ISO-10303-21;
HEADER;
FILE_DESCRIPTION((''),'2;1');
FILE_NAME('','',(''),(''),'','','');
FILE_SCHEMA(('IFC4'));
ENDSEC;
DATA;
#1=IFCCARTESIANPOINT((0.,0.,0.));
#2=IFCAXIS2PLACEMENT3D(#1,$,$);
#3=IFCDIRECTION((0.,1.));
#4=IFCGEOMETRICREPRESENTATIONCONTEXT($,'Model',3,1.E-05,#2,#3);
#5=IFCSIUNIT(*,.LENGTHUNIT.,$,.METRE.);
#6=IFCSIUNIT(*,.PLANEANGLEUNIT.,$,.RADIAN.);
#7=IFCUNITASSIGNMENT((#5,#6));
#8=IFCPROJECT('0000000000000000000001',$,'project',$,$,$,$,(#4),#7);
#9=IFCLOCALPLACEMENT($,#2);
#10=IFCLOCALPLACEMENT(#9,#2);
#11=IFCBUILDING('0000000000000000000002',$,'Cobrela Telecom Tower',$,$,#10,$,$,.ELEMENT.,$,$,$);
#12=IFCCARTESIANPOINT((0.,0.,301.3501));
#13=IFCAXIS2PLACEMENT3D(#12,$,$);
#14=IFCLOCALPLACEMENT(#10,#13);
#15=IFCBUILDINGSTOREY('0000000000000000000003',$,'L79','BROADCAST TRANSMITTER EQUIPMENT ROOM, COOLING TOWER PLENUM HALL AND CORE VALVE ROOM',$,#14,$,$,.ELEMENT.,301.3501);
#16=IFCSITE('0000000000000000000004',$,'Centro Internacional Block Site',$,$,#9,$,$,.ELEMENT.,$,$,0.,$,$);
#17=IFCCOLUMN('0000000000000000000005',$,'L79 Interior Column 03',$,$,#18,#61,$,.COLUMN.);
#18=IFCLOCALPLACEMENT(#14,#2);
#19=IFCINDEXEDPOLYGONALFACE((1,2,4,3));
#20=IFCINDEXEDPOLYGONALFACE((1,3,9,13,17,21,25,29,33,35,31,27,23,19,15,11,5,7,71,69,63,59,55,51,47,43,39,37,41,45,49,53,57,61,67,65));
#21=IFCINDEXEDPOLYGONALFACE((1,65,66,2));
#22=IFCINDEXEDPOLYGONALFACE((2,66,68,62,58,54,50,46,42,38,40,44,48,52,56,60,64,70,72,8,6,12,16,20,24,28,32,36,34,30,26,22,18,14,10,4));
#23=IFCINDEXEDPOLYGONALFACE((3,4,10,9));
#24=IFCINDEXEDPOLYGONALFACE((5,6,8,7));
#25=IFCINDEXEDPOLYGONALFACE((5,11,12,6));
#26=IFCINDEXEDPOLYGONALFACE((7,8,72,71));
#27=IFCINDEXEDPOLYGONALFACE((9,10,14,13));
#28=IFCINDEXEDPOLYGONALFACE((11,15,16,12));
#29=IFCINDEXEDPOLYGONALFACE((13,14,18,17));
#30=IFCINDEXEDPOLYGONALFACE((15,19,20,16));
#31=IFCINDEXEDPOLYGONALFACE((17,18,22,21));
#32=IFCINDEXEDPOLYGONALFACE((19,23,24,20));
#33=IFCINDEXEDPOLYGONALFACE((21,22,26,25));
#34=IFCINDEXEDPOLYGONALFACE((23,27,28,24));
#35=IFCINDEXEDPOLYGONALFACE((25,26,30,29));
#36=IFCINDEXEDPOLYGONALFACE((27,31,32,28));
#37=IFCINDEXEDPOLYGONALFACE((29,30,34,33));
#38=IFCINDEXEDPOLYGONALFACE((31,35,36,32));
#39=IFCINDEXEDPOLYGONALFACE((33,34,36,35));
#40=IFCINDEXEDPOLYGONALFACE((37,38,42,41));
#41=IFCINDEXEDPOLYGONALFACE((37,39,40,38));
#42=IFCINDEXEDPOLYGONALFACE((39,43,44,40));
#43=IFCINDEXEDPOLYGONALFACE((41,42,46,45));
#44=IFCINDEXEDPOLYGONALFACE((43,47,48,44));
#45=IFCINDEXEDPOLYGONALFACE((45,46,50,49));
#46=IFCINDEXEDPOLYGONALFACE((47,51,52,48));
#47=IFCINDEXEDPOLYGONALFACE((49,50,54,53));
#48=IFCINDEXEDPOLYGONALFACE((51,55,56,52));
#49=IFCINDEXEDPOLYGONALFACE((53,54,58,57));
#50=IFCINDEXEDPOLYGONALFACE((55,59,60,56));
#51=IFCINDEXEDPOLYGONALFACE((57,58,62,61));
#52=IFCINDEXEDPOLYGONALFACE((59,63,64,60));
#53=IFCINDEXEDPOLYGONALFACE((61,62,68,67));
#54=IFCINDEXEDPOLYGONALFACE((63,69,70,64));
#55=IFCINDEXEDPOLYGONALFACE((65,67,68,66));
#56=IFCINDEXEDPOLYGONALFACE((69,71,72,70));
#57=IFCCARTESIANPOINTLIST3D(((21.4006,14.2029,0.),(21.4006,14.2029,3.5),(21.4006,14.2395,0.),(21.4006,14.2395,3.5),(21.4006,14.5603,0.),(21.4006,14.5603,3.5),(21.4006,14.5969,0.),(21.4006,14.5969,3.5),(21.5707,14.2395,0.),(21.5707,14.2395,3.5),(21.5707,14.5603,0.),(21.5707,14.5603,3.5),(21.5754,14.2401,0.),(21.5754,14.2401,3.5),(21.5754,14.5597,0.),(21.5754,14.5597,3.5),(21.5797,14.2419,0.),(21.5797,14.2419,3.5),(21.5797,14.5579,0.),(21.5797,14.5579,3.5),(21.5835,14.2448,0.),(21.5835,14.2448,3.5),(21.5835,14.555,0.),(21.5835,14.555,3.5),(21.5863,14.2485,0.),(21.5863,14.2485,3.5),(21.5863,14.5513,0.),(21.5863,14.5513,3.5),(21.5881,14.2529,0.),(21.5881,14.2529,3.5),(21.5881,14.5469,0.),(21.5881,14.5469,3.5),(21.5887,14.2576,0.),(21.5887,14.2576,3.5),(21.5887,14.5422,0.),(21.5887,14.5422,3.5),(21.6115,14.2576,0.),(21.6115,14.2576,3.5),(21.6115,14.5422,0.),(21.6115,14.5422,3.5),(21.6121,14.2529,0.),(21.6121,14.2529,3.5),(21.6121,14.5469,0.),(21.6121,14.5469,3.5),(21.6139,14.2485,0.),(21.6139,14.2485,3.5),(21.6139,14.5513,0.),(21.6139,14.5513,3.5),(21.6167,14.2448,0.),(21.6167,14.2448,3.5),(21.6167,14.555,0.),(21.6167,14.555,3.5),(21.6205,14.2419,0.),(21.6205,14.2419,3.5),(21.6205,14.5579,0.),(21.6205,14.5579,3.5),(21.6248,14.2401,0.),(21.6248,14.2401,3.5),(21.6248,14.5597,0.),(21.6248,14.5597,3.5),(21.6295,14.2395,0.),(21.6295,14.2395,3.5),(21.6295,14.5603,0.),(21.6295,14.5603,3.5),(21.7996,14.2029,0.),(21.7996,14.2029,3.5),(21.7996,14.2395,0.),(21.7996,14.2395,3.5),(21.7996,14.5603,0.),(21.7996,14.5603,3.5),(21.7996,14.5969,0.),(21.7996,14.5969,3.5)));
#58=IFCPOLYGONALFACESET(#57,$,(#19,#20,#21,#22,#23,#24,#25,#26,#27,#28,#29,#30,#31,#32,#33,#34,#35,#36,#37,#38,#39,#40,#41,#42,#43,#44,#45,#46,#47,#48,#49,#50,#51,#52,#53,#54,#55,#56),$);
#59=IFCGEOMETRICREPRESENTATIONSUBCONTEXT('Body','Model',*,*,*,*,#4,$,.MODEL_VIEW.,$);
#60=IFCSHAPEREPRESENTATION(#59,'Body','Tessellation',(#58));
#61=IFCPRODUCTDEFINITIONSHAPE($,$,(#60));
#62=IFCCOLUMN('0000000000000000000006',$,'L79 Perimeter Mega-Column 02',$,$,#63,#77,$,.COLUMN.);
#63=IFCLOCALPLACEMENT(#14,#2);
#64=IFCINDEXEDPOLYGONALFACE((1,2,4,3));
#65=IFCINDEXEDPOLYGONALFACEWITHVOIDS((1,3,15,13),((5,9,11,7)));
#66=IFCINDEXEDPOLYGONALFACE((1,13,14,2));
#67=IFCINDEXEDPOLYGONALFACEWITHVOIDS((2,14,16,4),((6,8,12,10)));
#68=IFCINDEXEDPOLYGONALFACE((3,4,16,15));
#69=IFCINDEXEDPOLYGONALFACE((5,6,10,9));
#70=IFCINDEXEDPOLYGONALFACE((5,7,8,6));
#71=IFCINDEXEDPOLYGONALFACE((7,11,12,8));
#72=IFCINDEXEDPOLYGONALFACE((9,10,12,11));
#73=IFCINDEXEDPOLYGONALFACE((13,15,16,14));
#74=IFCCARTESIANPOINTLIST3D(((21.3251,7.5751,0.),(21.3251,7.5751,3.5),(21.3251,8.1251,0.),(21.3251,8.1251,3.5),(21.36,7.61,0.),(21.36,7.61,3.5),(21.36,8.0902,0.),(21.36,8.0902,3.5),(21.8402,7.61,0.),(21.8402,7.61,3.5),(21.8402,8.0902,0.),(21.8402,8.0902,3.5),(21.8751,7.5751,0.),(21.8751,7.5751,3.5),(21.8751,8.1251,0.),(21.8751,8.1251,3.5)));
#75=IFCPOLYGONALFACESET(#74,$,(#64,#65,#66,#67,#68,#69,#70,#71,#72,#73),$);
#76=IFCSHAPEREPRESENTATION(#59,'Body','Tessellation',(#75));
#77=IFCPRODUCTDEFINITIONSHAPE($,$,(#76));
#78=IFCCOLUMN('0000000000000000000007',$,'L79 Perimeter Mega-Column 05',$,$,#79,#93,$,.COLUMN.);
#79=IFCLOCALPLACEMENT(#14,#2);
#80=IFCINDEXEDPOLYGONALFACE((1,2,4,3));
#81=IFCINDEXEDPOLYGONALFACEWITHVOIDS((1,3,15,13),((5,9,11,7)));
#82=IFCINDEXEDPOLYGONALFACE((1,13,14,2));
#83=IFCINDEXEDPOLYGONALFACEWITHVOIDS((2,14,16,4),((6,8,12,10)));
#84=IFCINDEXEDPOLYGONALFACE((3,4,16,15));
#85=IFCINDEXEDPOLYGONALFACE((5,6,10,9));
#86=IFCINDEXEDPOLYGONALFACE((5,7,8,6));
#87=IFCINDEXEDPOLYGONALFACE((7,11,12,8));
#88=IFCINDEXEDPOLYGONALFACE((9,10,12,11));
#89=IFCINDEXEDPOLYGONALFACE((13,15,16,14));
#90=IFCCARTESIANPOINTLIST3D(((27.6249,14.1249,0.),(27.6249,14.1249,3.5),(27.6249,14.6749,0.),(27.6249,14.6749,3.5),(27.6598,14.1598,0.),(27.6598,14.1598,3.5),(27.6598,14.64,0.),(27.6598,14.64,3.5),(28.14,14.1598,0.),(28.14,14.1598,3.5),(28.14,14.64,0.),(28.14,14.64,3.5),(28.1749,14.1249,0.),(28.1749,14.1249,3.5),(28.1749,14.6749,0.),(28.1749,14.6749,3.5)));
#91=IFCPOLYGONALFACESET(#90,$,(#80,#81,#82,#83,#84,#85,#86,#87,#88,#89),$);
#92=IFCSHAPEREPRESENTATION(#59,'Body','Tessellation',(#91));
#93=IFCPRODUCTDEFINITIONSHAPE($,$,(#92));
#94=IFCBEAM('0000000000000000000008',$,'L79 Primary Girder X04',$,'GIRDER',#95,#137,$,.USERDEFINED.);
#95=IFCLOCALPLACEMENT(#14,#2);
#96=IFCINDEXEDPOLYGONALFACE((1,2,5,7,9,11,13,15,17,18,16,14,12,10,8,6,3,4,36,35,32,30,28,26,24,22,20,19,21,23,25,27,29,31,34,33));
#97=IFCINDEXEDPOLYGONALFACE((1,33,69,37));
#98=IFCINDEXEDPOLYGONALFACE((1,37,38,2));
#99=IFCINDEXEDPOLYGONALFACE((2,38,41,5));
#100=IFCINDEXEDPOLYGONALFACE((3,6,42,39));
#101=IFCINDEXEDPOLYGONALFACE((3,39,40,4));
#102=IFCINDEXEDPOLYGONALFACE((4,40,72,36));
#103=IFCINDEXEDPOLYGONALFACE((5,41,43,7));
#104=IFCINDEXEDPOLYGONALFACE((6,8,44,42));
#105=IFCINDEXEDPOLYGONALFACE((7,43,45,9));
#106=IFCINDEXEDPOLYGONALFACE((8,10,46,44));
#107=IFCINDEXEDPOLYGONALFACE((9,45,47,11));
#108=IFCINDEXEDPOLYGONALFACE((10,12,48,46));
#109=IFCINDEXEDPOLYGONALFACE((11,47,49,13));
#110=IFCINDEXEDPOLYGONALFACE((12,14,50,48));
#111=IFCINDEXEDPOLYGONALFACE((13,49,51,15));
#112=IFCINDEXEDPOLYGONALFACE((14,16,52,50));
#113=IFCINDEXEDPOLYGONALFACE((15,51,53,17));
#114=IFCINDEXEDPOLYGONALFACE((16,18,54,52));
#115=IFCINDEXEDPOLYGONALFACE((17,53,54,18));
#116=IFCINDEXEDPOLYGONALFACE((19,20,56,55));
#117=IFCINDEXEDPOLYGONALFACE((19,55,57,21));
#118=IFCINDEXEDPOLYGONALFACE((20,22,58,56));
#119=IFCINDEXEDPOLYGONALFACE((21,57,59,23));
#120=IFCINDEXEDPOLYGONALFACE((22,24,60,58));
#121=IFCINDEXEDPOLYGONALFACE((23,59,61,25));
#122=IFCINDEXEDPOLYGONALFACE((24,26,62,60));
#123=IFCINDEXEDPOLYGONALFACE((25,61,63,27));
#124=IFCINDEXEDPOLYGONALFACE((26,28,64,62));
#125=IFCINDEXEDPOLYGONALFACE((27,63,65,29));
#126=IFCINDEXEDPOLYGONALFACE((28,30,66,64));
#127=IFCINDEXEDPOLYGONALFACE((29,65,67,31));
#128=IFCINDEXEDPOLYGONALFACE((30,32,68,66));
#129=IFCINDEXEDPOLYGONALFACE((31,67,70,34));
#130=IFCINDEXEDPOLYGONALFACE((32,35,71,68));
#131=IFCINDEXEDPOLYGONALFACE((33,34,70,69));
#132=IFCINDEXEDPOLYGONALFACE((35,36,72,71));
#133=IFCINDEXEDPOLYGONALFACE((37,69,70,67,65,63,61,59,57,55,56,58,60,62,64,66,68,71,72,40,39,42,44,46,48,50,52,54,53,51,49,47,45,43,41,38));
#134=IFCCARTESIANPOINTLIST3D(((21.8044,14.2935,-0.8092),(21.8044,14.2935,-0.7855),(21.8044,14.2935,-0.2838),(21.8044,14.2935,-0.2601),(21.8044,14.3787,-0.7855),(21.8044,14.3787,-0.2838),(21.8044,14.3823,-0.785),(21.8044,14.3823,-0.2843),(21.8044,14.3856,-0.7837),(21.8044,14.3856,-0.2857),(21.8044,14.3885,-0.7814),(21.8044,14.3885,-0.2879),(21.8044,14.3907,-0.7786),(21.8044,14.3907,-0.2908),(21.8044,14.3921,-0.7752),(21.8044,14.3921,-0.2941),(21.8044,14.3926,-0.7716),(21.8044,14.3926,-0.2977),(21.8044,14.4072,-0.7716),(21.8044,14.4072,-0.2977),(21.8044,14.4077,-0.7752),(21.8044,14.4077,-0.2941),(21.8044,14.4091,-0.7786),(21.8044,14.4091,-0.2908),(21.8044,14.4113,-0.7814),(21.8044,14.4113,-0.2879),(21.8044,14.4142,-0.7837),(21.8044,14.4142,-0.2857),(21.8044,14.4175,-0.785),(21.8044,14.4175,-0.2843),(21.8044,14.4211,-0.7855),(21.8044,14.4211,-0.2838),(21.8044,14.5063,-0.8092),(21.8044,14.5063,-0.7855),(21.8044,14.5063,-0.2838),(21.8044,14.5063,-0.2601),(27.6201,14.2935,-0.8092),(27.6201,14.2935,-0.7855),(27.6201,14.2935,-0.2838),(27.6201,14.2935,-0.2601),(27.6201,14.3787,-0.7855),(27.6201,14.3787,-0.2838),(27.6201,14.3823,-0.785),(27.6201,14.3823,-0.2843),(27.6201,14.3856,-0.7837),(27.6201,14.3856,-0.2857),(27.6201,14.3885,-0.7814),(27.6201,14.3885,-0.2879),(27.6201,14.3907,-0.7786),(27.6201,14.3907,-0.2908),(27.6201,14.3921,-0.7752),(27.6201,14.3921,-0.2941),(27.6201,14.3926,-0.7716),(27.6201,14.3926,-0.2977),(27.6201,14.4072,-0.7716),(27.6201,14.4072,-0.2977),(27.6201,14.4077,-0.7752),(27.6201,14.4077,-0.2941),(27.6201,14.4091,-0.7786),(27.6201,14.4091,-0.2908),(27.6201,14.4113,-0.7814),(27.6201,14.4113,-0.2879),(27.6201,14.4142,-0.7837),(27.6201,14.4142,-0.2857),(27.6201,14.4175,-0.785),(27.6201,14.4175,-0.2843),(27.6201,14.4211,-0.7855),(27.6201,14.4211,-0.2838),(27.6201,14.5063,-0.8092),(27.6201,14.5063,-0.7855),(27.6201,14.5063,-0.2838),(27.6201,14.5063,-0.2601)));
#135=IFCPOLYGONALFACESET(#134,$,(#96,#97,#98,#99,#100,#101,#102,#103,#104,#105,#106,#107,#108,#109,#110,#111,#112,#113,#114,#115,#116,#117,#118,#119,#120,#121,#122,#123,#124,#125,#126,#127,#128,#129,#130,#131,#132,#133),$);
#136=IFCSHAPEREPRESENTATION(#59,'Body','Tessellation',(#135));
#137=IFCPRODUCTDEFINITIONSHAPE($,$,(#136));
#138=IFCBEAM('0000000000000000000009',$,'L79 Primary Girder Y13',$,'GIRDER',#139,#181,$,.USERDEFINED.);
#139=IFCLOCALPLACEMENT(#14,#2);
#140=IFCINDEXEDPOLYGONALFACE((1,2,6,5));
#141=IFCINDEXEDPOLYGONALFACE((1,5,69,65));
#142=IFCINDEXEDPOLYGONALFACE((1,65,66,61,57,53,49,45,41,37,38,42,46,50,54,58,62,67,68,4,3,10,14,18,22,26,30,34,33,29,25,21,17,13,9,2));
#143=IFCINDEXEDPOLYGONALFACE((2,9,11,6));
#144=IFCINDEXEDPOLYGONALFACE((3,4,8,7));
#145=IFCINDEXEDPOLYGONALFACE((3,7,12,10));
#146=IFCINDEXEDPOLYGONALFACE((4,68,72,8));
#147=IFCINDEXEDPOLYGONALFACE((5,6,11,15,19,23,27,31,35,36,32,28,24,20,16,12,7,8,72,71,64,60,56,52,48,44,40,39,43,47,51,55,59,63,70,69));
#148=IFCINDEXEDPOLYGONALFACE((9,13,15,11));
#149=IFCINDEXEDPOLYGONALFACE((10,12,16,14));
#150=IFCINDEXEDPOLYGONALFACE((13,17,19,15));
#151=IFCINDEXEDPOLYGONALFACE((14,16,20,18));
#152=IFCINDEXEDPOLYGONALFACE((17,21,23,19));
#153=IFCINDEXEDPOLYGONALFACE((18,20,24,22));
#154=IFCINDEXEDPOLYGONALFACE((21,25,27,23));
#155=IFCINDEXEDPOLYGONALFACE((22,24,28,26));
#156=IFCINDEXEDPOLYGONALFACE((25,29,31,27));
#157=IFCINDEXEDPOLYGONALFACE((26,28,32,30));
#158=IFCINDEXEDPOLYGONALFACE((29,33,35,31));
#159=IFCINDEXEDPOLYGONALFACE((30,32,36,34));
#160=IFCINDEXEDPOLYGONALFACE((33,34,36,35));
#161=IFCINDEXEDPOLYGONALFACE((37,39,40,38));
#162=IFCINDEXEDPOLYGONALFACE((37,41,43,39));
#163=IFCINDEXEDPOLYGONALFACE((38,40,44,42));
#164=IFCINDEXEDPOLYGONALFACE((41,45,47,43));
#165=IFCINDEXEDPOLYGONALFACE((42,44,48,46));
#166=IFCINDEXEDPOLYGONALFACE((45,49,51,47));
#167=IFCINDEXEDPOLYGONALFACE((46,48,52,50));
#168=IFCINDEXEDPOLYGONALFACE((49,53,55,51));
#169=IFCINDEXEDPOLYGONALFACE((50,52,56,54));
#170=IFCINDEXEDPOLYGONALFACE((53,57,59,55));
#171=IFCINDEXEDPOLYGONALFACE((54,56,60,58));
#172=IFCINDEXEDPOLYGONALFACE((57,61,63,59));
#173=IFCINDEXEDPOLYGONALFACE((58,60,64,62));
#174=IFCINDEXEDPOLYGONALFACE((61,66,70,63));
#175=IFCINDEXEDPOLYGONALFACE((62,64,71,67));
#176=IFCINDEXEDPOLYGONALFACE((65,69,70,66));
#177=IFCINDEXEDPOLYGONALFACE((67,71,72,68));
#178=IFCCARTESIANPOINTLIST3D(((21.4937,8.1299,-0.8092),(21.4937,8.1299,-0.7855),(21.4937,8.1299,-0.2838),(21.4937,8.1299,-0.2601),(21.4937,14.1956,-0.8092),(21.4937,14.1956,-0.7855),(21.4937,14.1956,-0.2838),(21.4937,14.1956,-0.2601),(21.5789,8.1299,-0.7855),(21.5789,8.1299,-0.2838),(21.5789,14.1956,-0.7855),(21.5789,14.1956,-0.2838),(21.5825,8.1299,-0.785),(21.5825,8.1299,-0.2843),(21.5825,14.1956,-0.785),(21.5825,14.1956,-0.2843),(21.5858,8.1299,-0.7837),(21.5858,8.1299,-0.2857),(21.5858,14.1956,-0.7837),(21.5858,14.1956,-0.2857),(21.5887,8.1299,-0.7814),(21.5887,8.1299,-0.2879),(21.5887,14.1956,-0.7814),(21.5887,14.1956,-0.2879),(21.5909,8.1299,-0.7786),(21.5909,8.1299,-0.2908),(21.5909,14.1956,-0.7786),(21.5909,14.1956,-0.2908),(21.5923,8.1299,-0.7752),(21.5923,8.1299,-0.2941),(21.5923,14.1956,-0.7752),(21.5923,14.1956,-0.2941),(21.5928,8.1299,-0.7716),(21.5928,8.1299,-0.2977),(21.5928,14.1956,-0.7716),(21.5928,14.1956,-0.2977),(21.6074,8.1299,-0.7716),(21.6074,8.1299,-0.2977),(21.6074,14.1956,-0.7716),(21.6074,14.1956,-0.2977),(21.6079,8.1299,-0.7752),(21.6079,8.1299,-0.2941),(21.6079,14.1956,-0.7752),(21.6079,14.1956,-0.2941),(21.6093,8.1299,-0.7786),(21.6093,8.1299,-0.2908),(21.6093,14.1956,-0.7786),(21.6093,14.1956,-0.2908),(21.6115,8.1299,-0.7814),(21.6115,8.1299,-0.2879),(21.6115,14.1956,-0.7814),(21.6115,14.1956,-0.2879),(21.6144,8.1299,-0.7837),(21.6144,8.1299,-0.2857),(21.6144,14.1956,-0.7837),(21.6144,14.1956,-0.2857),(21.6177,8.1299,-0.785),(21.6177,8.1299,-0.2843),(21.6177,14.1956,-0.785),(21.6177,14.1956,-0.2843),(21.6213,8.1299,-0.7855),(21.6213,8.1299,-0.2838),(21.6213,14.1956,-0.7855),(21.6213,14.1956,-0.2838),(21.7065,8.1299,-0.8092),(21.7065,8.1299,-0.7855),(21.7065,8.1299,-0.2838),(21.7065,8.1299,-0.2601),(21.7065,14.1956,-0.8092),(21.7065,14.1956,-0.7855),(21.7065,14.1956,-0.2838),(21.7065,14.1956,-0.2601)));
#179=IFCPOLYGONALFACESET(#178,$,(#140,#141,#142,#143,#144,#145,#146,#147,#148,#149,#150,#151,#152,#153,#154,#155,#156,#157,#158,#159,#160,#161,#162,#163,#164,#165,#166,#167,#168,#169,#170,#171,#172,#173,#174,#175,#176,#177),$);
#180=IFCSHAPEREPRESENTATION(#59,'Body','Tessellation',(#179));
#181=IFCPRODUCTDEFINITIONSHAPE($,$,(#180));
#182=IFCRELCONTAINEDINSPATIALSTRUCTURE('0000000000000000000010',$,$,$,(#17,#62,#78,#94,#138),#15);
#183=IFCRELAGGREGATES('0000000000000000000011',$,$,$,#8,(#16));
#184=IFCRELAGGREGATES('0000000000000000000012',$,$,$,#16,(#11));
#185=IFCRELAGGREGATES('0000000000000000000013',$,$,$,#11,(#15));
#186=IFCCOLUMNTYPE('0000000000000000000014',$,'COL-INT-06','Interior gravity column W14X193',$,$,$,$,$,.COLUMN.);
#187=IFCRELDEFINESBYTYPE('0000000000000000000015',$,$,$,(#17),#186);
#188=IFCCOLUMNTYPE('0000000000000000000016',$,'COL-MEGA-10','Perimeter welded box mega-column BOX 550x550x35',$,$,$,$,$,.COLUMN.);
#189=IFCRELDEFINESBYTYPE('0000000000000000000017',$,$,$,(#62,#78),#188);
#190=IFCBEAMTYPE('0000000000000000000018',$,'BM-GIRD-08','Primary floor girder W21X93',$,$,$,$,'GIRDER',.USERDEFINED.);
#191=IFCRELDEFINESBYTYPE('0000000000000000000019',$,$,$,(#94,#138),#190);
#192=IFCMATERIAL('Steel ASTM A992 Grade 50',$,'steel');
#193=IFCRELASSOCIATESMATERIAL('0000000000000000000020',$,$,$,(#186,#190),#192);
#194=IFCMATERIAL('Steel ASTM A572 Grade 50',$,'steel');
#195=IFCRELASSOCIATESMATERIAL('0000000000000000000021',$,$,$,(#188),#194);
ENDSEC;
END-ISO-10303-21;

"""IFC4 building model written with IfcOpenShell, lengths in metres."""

from ifc_helpers import new_model, si_unit, direction, frame, origin, origin_2d, place, context, subcontext, project, spatial, hollow_rectangle, i_section, extrude, material, material_profile, profile_set, type_object, element, save


model = new_model("IFC4")

# Units and contexts
model_context = context("Model", 3, precision=1e-05, world=origin(), true_north=direction((0.0, 1.0)))
body_context = subcontext(model_context, "Body", "Model", "MODEL_VIEW")
ifc_project = project(units=[si_unit("LENGTHUNIT", "METRE"), si_unit("PLANEANGLEUNIT", "RADIAN")], contexts=[model_context])

# Site, building, storey
site_placement = place(None, origin())
site = spatial("IfcSite", under=ifc_project, at=site_placement, Name="Centro Internacional Block Site", CompositionType="ELEMENT", RefElevation=0.0)
building_placement = place(site_placement, origin())
building = spatial("IfcBuilding", under=site, at=building_placement, Name="Cobrela Telecom Tower", CompositionType="ELEMENT")
storey_placement = place(building_placement, frame((0.0, 0.0, 301.3501)))
storey = spatial("IfcBuildingStorey", under=building, at=storey_placement, Name="L79", Description="BROADCAST TRANSMITTER EQUIPMENT ROOM, COOLING TOWER PLENUM HALL AND CORE VALVE ROOM", CompositionType="ELEMENT", Elevation=301.3501)

# Columns
ifc_material_1 = material(Name="Steel ASTM A992 Grade 50", Category="steel")
ifc_material_profile_1 = material_profile(ifc_material_1, i_section(OverallWidth=0.3989, OverallDepth=0.394, WebThickness=0.0227, FlangeThickness=0.0366, FilletRadius=0.0181, at=origin_2d()), Name="W14X193")
ifc_profile_set_1 = profile_set([ifc_material_profile_1], Name="Steel ASTM A992 Grade 50")
column_type_1 = type_object("IfcColumnType", Name="COL-INT-06", Description="Interior gravity column W14X193", PredefinedType="COLUMN", material=ifc_profile_set_1)
column_placement = place(storey_placement, frame((21.6001, 14.3999, 0.0), z_axis=(0.0, 0.0, 1.0), x_axis=(1.0, 0.0, 0.0)))
element("IfcColumn", 1, at=column_placement, inside=storey, type_object=column_type_1, Name="L79 Interior Column 03", PredefinedType="COLUMN", context=body_context, shape_type="SweptSolid", body=[
    extrude(i_section(OverallWidth=0.3989, OverallDepth=0.394, WebThickness=0.0227, FlangeThickness=0.0366, FilletRadius=0.0181, at=origin_2d()), origin(), (0.0, 0.0, 1.0), 3.5),
])
ifc_material_2 = material(Name="Steel ASTM A572 Grade 50", Category="steel")
ifc_material_profile_2 = material_profile(ifc_material_2, hollow_rectangle(XDim=0.55, YDim=0.55, WallThickness=0.0349, at=origin_2d()), Name="BOX 550x550x35")
ifc_profile_set_2 = profile_set([ifc_material_profile_2], Name="Steel ASTM A572 Grade 50")
column_type_2 = type_object("IfcColumnType", Name="COL-MEGA-10", Description="Perimeter welded box mega-column BOX 550x550x35", PredefinedType="COLUMN", material=ifc_profile_set_2)
for number, where, z_axis, x_axis, name in (
    (2, (21.6001, 7.8501, 0.0), (0.0, 0.0, 1.0), (1.0, 0.0, 0.0), "L79 Perimeter Mega-Column 02"),
    (3, (27.8999, 14.3999, 0.0), (0.0, 0.0, 1.0), (1.0, 0.0, 0.0), "L79 Perimeter Mega-Column 05"),
):
    element("IfcColumn", number, at=place(storey_placement, frame(where, z_axis=z_axis, x_axis=x_axis)), inside=storey, type_object=column_type_2, Name=name, PredefinedType="COLUMN", context=body_context, shape_type="SweptSolid", body=[
        extrude(hollow_rectangle(XDim=0.55, YDim=0.55, WallThickness=0.0349, at=origin_2d()), origin(), (0.0, 0.0, 1.0), 3.5),
    ])

# Beams
ifc_material_profile_3 = material_profile(ifc_material_1, i_section(OverallWidth=0.2129, OverallDepth=0.5491, WebThickness=0.0146, FlangeThickness=0.0237, FilletRadius=0.0139, at=origin_2d()), Name="W21X93")
ifc_profile_set_3 = profile_set([ifc_material_profile_3], Name="Steel ASTM A992 Grade 50")
beam_type_1 = type_object("IfcBeamType", Name="BM-GIRD-08", Description="Primary floor girder W21X93", ElementType="GIRDER", PredefinedType="USERDEFINED", material=ifc_profile_set_3)
beam_1_placement = place(storey_placement, frame((21.8044, 14.3999, -0.5347), z_axis=(1.0, 0.0, 0.0), x_axis=(0.0, 1.0, 0.0)))
element("IfcBeam", 4, at=beam_1_placement, inside=storey, type_object=beam_type_1, Name="L79 Primary Girder X04", ObjectType="GIRDER", PredefinedType="USERDEFINED", context=body_context, shape_type="SweptSolid", body=[
    extrude(i_section(OverallWidth=0.2129, OverallDepth=0.5491, WebThickness=0.0146, FlangeThickness=0.0237, FilletRadius=0.0139, at=origin_2d()), origin(), (0.0, 0.0, 1.0), 5.8157),
])
beam_2_placement = place(storey_placement, frame((21.6001, 8.1299, -0.5347), z_axis=(0.0, 1.0, 0.0), x_axis=(-1.0, 0.0, 0.0)))
element("IfcBeam", 5, at=beam_2_placement, inside=storey, type_object=beam_type_1, Name="L79 Primary Girder Y13", ObjectType="GIRDER", PredefinedType="USERDEFINED", context=body_context, shape_type="SweptSolid", body=[
    extrude(i_section(OverallWidth=0.2129, OverallDepth=0.5491, WebThickness=0.0146, FlangeThickness=0.0237, FilletRadius=0.0139, at=origin_2d()), origin(), (0.0, 0.0, 1.0), 6.0657),
])

save(model, "model.ifc")
